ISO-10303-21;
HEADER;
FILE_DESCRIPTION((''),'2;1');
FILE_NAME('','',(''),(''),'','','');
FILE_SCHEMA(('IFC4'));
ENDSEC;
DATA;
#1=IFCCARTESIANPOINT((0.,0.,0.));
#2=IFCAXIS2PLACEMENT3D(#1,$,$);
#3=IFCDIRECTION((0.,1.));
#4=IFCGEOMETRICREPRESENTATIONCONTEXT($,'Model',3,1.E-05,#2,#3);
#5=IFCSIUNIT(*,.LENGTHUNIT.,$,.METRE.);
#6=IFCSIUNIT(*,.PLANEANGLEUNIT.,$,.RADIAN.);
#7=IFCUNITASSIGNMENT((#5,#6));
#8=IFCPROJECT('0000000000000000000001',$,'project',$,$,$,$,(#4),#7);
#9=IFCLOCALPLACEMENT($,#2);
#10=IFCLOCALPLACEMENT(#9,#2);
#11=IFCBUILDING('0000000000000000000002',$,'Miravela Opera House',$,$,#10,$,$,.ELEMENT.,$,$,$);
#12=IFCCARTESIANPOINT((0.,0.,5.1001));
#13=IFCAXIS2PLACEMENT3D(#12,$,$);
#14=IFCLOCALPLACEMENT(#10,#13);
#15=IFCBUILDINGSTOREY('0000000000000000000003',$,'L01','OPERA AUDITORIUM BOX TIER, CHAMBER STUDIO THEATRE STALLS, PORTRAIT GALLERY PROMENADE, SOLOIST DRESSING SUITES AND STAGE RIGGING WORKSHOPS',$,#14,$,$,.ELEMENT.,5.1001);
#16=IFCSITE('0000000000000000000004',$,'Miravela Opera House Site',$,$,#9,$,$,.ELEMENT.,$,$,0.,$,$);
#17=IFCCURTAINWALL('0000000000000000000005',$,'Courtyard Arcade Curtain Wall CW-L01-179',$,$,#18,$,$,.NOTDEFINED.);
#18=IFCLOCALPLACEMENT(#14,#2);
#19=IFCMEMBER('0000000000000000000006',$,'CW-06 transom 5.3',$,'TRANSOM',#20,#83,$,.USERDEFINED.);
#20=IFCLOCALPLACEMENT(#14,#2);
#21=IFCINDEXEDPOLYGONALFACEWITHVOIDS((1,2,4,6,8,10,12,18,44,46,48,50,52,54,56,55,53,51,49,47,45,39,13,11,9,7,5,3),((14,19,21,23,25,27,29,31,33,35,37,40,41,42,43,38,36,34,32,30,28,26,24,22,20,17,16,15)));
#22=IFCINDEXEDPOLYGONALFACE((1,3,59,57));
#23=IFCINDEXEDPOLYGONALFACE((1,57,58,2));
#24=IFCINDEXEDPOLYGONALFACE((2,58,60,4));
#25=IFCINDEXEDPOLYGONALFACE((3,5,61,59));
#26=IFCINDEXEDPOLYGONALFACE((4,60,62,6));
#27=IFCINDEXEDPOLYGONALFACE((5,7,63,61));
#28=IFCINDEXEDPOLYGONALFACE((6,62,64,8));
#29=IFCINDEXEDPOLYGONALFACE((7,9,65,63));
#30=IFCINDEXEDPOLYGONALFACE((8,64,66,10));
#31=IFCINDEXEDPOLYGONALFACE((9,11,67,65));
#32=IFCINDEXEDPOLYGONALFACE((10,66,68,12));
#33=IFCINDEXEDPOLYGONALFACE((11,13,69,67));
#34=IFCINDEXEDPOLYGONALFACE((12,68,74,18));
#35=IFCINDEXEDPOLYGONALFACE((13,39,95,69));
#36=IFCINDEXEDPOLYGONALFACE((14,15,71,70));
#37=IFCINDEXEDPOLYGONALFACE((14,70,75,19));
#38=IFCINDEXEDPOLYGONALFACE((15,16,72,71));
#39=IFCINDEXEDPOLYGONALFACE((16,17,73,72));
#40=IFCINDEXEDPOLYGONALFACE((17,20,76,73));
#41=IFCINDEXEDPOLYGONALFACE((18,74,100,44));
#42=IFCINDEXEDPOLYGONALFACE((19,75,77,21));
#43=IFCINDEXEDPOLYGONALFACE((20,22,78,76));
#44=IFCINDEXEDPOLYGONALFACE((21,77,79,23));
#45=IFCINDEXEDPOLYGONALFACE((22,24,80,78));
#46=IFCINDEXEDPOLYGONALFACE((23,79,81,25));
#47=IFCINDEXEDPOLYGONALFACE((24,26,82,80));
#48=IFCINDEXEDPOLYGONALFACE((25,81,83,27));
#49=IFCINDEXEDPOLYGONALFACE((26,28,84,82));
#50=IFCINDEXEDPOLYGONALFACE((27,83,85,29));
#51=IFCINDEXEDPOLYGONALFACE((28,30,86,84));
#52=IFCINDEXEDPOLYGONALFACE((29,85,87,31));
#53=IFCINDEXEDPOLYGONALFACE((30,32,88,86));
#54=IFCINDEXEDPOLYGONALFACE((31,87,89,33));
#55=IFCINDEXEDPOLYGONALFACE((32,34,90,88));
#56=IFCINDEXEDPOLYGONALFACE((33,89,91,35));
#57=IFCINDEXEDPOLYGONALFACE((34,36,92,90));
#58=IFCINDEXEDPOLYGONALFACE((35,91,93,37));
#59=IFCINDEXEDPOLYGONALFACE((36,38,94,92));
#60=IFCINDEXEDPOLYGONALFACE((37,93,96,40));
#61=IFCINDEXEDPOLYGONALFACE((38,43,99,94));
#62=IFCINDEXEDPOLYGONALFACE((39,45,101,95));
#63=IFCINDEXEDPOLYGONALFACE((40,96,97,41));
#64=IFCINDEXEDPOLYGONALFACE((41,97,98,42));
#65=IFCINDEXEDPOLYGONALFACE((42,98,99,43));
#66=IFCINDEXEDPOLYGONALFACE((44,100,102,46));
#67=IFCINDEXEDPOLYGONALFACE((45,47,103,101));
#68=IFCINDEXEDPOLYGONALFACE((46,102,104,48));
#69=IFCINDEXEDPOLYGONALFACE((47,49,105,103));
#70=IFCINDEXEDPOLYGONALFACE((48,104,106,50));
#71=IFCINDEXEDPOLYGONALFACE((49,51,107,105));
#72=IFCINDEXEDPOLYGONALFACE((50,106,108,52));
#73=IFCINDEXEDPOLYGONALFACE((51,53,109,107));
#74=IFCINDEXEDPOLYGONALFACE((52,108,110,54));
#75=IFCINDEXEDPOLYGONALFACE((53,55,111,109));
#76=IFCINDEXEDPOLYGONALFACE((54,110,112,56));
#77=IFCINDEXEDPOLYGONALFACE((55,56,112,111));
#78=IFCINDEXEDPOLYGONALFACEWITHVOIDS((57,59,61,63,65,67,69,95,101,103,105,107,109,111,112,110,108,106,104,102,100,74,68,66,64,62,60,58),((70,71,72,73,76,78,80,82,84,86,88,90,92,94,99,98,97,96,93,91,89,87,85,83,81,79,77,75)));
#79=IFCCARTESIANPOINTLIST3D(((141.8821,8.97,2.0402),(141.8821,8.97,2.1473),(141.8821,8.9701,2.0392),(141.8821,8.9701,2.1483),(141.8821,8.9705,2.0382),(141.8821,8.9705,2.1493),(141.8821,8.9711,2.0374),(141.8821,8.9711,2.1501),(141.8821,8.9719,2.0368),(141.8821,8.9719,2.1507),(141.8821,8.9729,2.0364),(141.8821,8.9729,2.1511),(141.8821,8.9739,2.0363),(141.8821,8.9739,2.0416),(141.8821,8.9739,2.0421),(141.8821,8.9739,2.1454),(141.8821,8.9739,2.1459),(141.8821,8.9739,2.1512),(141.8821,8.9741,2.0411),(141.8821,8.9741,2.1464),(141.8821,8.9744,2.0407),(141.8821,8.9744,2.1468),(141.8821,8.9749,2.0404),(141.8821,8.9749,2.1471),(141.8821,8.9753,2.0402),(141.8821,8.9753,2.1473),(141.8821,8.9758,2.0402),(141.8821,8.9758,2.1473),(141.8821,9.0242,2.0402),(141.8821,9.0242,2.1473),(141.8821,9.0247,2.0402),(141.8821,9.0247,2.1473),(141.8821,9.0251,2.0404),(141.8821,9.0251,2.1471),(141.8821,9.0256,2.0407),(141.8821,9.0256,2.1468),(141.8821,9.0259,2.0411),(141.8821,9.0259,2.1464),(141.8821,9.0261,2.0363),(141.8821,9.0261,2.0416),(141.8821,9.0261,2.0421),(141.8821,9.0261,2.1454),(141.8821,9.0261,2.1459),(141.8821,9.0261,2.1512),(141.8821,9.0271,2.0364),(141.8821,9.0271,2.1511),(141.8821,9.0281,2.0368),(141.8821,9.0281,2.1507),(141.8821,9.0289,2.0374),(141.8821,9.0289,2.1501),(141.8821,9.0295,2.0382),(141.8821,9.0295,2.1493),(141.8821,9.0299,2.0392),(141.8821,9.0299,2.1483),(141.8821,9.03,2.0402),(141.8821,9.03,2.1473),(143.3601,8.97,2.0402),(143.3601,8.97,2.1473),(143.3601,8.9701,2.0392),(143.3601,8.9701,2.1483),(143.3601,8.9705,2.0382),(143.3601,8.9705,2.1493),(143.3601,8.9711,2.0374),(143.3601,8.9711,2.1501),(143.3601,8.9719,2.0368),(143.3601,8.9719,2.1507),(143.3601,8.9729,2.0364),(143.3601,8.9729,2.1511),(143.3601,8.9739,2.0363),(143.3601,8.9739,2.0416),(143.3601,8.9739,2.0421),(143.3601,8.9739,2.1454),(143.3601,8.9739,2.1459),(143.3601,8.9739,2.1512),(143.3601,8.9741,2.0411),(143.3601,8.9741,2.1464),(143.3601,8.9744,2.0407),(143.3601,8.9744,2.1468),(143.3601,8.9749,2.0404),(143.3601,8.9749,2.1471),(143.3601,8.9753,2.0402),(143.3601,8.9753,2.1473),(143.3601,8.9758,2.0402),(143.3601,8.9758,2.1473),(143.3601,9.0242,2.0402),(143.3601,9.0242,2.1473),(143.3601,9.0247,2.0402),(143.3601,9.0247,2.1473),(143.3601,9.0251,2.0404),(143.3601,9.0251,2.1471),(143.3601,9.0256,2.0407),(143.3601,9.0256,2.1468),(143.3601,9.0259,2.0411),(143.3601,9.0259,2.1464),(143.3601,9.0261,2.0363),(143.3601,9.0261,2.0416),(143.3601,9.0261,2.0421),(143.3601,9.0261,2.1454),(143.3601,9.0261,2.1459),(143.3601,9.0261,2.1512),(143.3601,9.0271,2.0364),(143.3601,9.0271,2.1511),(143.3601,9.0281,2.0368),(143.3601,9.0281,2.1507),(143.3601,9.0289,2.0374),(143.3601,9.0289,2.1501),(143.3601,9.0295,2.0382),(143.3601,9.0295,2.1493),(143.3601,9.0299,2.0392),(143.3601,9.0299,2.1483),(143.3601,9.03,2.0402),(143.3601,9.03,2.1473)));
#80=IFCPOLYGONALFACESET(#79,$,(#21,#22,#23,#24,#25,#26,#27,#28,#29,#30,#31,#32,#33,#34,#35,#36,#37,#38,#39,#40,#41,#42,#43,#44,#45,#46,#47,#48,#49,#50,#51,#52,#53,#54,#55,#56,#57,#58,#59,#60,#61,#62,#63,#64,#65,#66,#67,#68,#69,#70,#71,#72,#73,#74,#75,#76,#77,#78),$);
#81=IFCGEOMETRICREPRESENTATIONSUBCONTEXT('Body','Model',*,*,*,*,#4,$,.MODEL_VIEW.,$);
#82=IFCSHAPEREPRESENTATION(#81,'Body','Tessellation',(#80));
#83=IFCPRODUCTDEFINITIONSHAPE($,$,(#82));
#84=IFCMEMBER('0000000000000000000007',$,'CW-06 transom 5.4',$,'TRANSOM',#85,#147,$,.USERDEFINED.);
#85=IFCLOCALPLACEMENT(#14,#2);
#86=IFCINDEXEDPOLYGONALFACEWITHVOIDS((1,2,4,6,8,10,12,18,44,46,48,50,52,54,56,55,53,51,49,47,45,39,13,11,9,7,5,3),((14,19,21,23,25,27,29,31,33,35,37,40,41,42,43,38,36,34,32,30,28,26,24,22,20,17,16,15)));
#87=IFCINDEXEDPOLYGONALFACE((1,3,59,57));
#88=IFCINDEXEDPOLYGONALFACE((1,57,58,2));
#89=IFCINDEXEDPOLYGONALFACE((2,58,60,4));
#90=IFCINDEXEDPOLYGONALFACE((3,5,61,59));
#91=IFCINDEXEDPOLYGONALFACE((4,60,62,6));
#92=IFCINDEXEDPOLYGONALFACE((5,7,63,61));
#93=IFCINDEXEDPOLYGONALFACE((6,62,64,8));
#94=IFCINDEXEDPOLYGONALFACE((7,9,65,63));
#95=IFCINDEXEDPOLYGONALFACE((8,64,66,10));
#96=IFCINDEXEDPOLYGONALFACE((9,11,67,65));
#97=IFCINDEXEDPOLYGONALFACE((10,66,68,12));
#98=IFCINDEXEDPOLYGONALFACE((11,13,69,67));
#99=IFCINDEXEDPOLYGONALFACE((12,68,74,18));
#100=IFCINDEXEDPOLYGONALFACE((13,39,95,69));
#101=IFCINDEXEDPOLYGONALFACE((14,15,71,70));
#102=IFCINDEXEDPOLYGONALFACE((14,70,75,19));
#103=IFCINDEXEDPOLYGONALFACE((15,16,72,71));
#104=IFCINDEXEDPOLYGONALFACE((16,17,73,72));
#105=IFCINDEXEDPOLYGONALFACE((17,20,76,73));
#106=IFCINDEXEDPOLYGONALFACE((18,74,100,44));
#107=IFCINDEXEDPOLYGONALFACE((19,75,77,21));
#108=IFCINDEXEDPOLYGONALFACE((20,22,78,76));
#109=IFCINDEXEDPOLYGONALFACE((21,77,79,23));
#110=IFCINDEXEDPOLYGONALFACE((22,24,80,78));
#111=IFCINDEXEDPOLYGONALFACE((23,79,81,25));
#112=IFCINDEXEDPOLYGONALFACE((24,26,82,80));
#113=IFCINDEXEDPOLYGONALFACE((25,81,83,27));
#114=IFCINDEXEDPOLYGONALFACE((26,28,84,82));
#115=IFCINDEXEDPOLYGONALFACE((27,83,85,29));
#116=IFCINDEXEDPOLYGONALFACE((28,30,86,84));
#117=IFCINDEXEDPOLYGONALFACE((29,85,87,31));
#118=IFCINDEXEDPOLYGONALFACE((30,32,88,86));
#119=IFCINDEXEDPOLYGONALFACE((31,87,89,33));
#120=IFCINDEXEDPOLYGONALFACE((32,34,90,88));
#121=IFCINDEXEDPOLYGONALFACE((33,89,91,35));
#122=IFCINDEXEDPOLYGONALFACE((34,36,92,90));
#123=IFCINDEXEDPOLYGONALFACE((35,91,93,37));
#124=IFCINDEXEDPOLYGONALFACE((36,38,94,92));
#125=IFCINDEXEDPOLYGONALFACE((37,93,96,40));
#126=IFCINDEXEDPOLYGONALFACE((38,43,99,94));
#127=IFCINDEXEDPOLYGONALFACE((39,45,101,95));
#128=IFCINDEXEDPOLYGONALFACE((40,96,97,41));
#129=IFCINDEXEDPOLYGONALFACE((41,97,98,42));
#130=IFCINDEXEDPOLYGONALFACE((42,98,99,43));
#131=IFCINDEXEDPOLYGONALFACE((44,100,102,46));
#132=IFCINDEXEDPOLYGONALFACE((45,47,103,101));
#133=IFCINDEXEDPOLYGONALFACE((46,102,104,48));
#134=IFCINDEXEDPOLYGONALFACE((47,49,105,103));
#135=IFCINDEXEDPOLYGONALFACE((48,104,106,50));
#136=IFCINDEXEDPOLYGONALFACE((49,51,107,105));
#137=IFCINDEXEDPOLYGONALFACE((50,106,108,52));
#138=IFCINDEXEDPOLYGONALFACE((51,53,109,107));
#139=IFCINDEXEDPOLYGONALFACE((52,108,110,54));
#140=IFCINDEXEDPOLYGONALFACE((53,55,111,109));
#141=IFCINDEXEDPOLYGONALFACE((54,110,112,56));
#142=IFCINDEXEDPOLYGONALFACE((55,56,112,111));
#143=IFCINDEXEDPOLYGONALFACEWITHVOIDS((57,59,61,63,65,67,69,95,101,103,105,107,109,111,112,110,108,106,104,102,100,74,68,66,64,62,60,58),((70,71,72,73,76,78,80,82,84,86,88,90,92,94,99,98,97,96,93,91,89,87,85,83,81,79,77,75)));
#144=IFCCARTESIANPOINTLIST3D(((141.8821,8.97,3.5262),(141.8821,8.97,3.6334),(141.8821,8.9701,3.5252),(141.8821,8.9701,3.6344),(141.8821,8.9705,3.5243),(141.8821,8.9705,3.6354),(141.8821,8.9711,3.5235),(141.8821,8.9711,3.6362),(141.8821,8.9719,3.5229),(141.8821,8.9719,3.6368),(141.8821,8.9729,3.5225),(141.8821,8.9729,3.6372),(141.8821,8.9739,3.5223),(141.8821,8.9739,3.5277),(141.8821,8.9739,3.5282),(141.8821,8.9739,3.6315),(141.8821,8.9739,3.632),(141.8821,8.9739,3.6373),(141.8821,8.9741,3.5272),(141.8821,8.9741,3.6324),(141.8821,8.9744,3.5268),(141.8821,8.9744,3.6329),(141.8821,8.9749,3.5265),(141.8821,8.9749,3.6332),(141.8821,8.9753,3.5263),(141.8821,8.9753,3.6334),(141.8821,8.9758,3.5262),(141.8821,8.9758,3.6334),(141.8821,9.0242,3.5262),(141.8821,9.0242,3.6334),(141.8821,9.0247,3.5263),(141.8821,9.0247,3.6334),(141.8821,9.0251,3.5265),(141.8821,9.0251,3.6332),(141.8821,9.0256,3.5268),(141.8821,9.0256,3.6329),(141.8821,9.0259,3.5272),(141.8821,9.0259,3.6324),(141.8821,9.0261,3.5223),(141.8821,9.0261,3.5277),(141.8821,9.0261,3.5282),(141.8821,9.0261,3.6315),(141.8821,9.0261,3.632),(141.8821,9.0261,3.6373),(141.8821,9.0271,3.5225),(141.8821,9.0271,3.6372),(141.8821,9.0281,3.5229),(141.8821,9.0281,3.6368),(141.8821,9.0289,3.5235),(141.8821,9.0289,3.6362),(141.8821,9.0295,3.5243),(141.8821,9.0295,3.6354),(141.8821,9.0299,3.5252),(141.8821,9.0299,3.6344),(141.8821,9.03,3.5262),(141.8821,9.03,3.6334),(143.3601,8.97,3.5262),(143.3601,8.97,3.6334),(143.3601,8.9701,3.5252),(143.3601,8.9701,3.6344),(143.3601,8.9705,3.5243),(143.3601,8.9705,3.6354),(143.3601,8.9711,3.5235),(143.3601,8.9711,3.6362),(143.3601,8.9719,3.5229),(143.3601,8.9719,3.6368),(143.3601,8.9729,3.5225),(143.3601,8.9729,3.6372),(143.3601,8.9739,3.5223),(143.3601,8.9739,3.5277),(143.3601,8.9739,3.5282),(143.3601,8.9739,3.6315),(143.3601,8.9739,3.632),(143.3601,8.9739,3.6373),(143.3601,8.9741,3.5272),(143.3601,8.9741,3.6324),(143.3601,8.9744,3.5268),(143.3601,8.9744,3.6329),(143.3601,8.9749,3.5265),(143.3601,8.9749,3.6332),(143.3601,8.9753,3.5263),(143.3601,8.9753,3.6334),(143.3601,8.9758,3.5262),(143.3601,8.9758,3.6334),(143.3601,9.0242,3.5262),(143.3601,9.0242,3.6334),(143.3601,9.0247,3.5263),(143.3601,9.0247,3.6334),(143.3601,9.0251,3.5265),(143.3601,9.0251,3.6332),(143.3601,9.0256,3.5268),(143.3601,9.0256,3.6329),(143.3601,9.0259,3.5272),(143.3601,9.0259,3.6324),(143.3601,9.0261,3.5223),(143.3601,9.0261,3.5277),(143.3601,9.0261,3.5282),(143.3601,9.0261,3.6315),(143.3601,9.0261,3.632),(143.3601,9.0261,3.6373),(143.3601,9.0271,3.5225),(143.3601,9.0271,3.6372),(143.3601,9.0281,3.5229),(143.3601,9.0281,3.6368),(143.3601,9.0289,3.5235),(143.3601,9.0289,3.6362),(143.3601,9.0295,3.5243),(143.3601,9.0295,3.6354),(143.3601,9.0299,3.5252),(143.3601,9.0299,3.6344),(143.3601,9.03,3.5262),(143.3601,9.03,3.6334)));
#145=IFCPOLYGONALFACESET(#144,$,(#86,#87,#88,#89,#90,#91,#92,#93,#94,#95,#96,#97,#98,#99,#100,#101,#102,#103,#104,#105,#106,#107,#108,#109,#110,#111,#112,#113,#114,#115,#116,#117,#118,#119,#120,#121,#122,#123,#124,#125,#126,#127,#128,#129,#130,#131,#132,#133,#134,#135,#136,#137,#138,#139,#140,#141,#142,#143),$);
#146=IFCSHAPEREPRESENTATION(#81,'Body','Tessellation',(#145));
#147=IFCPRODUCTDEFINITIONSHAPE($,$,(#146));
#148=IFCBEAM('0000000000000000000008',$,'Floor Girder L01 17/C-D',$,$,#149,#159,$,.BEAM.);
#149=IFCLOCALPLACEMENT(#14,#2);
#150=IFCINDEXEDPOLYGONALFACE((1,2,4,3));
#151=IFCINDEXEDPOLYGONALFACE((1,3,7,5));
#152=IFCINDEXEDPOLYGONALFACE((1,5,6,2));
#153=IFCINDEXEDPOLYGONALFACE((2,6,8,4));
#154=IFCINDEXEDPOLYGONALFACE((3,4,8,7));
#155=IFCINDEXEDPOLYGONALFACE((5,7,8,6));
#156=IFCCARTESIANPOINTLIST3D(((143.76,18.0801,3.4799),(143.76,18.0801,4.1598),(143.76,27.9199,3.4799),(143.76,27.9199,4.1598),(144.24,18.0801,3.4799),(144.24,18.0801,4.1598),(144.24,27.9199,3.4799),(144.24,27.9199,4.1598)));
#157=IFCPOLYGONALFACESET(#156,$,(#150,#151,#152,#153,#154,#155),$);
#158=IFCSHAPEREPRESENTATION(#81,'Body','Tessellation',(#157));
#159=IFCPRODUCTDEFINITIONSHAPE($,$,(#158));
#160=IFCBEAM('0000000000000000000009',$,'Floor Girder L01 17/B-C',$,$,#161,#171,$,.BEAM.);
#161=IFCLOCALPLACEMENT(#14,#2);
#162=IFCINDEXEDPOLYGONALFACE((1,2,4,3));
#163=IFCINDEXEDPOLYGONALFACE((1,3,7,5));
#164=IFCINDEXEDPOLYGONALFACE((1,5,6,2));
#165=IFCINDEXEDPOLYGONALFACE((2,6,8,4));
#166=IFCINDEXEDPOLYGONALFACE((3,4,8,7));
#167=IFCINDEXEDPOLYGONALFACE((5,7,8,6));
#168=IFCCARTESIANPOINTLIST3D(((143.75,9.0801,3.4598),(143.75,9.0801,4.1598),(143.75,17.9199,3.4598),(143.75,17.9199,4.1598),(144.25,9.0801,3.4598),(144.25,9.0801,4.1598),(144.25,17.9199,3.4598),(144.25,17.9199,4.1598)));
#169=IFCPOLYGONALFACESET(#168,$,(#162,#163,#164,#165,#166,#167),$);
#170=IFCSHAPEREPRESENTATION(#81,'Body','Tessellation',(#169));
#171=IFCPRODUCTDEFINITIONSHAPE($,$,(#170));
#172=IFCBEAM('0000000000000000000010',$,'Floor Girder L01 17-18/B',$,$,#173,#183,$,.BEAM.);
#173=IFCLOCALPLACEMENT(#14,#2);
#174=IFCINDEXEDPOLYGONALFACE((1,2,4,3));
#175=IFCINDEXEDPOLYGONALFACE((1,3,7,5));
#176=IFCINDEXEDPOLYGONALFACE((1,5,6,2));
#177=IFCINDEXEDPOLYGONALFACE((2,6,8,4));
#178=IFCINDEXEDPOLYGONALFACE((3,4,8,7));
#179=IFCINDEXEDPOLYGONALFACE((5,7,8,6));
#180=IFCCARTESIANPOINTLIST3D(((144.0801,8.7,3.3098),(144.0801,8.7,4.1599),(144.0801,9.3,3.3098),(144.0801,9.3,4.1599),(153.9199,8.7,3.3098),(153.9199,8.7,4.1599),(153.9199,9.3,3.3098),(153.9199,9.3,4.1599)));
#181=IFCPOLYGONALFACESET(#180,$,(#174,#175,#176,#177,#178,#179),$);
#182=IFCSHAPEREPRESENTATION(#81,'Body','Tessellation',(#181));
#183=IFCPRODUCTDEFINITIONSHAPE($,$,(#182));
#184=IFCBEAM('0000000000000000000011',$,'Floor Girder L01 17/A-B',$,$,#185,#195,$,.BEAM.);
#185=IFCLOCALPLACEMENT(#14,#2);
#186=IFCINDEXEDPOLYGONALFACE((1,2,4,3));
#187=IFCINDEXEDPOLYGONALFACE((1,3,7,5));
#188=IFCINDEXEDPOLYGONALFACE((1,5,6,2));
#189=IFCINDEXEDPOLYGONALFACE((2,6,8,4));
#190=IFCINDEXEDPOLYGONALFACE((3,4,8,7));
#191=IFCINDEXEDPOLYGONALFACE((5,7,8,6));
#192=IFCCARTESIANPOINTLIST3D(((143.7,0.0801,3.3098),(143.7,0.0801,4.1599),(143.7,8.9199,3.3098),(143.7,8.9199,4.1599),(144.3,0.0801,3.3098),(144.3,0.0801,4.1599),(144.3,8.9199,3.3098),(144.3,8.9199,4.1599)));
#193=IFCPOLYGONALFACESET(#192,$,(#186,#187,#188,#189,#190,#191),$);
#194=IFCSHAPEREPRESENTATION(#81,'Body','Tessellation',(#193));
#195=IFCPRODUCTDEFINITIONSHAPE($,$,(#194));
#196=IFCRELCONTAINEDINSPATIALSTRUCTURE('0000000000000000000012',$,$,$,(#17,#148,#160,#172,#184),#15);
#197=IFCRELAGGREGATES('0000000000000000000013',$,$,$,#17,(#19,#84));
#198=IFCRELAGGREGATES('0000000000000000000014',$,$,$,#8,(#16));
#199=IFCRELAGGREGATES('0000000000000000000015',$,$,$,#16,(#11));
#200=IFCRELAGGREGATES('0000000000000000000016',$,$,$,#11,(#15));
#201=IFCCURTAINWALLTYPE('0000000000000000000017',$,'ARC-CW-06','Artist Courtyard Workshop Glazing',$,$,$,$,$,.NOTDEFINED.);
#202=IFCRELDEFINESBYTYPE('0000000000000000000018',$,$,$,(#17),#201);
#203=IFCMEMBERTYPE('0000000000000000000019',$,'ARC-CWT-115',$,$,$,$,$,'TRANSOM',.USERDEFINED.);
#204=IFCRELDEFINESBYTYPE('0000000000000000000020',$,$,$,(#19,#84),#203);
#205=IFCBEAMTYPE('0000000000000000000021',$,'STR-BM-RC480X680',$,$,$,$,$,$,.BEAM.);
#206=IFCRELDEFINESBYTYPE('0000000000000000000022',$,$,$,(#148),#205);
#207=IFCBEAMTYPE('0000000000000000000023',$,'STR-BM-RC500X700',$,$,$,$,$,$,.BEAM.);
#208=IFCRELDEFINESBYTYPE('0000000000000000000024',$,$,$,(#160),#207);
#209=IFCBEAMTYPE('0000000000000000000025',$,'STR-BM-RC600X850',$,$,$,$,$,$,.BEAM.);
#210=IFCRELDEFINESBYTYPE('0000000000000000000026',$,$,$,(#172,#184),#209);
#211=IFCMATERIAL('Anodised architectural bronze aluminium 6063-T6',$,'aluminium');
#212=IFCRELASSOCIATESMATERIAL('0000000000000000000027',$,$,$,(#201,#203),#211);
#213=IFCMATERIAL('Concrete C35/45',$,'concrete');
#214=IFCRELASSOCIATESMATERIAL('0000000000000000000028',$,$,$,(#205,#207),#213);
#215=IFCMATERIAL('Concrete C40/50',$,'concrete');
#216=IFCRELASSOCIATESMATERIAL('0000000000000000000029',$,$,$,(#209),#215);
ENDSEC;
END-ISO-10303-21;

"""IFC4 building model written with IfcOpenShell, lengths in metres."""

from ifc_helpers import new_model, si_unit, direction, frame, origin, origin_2d, place, context, subcontext, project, spatial, rectangle, hollow_rectangle, extrude, material, material_profile, profile_set, type_object, element, aggregate, save


model = new_model("IFC4")

# Units and contexts
model_context = context("Model", 3, precision=1e-05, world=origin(), true_north=direction((0.0, 1.0)))
body_context = subcontext(model_context, "Body", "Model", "MODEL_VIEW")
ifc_project = project(units=[si_unit("LENGTHUNIT", "METRE"), si_unit("PLANEANGLEUNIT", "RADIAN")], contexts=[model_context])

# Site, building, storey
site_placement = place(None, origin())
site = spatial("IfcSite", under=ifc_project, at=site_placement, Name="Miravela Opera House Site", CompositionType="ELEMENT", RefElevation=0.0)
building_placement = place(site_placement, origin())
building = spatial("IfcBuilding", under=site, at=building_placement, Name="Miravela Opera House", CompositionType="ELEMENT")
storey_placement = place(building_placement, frame((0.0, 0.0, 5.1001)))
storey = spatial("IfcBuildingStorey", under=building, at=storey_placement, Name="L01", Description="OPERA AUDITORIUM BOX TIER, CHAMBER STUDIO THEATRE STALLS, PORTRAIT GALLERY PROMENADE, SOLOIST DRESSING SUITES AND STAGE RIGGING WORKSHOPS", CompositionType="ELEMENT", Elevation=5.1001)

# Shared definitions
ifc_material_1 = material(Name="Concrete C35/45", Category="concrete")

# Curtain wall, members
ifc_material_2 = material(Name="Anodised architectural bronze aluminium 6063-T6", Category="aluminium")
curtain_wall_type = type_object("IfcCurtainWallType", Name="ARC-CW-06", Description="Artist Courtyard Workshop Glazing", PredefinedType="NOTDEFINED", material=ifc_material_2)
curtain_wall_placement = place(storey_placement, origin())
curtain_wall = element("IfcCurtainWall", 1, at=curtain_wall_placement, inside=storey, type_object=curtain_wall_type, Name="Courtyard Arcade Curtain Wall CW-L01-179", PredefinedType="NOTDEFINED")
ifc_material_profile_1 = material_profile(ifc_material_2, hollow_rectangle(XDim=0.0601, YDim=0.115, WallThickness=0.0039, InnerFilletRadius=0.002, OuterFilletRadius=0.0039, at=origin_2d()), Name="CWT-60X115")
ifc_profile_set_1 = profile_set([ifc_material_profile_1])
member_type_1 = type_object("IfcMemberType", Name="ARC-CWT-115", ElementType="TRANSOM", PredefinedType="USERDEFINED", material=ifc_profile_set_1)
member_1_placement = place(storey_placement, frame((141.8821, 9.0, 2.0938), z_axis=(1.0, 0.0, 0.0), x_axis=(0.0, 1.0, 0.0)))
member_1 = element("IfcMember", 2, at=member_1_placement, type_object=member_type_1, Name="CW-06 transom 5.3", ObjectType="TRANSOM", PredefinedType="USERDEFINED", context=body_context, shape_type="SweptSolid", body=[
    extrude(hollow_rectangle(XDim=0.0601, YDim=0.115, WallThickness=0.0039, InnerFilletRadius=0.002, OuterFilletRadius=0.0039, at=origin_2d()), origin(), (0.0, 0.0, 1.0), 1.478),
])
member_2_placement = place(storey_placement, frame((141.8821, 9.0, 3.5798), z_axis=(1.0, 0.0, 0.0), x_axis=(0.0, 1.0, 0.0)))
member_2 = element("IfcMember", 3, at=member_2_placement, type_object=member_type_1, Name="CW-06 transom 5.4", ObjectType="TRANSOM", PredefinedType="USERDEFINED", context=body_context, shape_type="SweptSolid", body=[
    extrude(hollow_rectangle(XDim=0.0601, YDim=0.115, WallThickness=0.0039, InnerFilletRadius=0.002, OuterFilletRadius=0.0039, at=origin_2d()), origin(), (0.0, 0.0, 1.0), 1.478),
])

# Beams
ifc_material_profile_2 = material_profile(ifc_material_1, rectangle(XDim=0.48, YDim=0.6799, at=origin_2d()), Name="RC-BM-480X680")
ifc_profile_set_2 = profile_set([ifc_material_profile_2])
beam_type_1 = type_object("IfcBeamType", Name="STR-BM-RC480X680", PredefinedType="BEAM", material=ifc_profile_set_2)
beam_1_placement = place(storey_placement, frame((144.0, 18.0801, 3.8198), z_axis=(0.0, 1.0, 0.0), x_axis=(-1.0, 0.0, 0.0)))
element("IfcBeam", 4, at=beam_1_placement, inside=storey, type_object=beam_type_1, Name="Floor Girder L01 17/C-D", PredefinedType="BEAM", context=body_context, shape_type="SweptSolid", body=[
    extrude(rectangle(XDim=0.48, YDim=0.6799, at=origin_2d()), origin(), (0.0, 0.0, 1.0), 9.8398),
])
ifc_material_profile_3 = material_profile(ifc_material_1, rectangle(XDim=0.5, YDim=0.7, at=origin_2d()), Name="RC-BM-500X700")
ifc_profile_set_3 = profile_set([ifc_material_profile_3])
beam_type_2 = type_object("IfcBeamType", Name="STR-BM-RC500X700", PredefinedType="BEAM", material=ifc_profile_set_3)
beam_2_placement = place(storey_placement, frame((144.0, 9.0801, 3.8098), z_axis=(0.0, 1.0, 0.0), x_axis=(-1.0, 0.0, 0.0)))
element("IfcBeam", 5, at=beam_2_placement, inside=storey, type_object=beam_type_2, Name="Floor Girder L01 17/B-C", PredefinedType="BEAM", context=body_context, shape_type="SweptSolid", body=[
    extrude(rectangle(XDim=0.5, YDim=0.7, at=origin_2d()), origin(), (0.0, 0.0, 1.0), 8.8398),
])
ifc_material_3 = material(Name="Concrete C40/50", Category="concrete")
ifc_material_profile_4 = material_profile(ifc_material_3, rectangle(XDim=0.6001, YDim=0.8501, at=origin_2d()), Name="RC-BM-600X850")
ifc_profile_set_4 = profile_set([ifc_material_profile_4])
beam_type_3 = type_object("IfcBeamType", Name="STR-BM-RC600X850", PredefinedType="BEAM", material=ifc_profile_set_4)
beam_3_placement = place(storey_placement, frame((144.0801, 9.0, 3.7349), z_axis=(1.0, 0.0, 0.0), x_axis=(0.0, 1.0, 0.0)))
element("IfcBeam", 6, at=beam_3_placement, inside=storey, type_object=beam_type_3, Name="Floor Girder L01 17-18/B", PredefinedType="BEAM", context=body_context, shape_type="SweptSolid", body=[
    extrude(rectangle(XDim=0.6001, YDim=0.8501, at=origin_2d()), origin(), (0.0, 0.0, 1.0), 9.8398),
])
beam_4_placement = place(storey_placement, frame((144.0, 0.0801, 3.7349), z_axis=(0.0, 1.0, 0.0), x_axis=(-1.0, 0.0, 0.0)))
element("IfcBeam", 7, at=beam_4_placement, inside=storey, type_object=beam_type_3, Name="Floor Girder L01 17/A-B", PredefinedType="BEAM", context=body_context, shape_type="SweptSolid", body=[
    extrude(rectangle(XDim=0.6001, YDim=0.8501, at=origin_2d()), origin(), (0.0, 0.0, 1.0), 8.8398),
])

aggregate(curtain_wall, [member_1, member_2])

save(model, "model.ifc")
